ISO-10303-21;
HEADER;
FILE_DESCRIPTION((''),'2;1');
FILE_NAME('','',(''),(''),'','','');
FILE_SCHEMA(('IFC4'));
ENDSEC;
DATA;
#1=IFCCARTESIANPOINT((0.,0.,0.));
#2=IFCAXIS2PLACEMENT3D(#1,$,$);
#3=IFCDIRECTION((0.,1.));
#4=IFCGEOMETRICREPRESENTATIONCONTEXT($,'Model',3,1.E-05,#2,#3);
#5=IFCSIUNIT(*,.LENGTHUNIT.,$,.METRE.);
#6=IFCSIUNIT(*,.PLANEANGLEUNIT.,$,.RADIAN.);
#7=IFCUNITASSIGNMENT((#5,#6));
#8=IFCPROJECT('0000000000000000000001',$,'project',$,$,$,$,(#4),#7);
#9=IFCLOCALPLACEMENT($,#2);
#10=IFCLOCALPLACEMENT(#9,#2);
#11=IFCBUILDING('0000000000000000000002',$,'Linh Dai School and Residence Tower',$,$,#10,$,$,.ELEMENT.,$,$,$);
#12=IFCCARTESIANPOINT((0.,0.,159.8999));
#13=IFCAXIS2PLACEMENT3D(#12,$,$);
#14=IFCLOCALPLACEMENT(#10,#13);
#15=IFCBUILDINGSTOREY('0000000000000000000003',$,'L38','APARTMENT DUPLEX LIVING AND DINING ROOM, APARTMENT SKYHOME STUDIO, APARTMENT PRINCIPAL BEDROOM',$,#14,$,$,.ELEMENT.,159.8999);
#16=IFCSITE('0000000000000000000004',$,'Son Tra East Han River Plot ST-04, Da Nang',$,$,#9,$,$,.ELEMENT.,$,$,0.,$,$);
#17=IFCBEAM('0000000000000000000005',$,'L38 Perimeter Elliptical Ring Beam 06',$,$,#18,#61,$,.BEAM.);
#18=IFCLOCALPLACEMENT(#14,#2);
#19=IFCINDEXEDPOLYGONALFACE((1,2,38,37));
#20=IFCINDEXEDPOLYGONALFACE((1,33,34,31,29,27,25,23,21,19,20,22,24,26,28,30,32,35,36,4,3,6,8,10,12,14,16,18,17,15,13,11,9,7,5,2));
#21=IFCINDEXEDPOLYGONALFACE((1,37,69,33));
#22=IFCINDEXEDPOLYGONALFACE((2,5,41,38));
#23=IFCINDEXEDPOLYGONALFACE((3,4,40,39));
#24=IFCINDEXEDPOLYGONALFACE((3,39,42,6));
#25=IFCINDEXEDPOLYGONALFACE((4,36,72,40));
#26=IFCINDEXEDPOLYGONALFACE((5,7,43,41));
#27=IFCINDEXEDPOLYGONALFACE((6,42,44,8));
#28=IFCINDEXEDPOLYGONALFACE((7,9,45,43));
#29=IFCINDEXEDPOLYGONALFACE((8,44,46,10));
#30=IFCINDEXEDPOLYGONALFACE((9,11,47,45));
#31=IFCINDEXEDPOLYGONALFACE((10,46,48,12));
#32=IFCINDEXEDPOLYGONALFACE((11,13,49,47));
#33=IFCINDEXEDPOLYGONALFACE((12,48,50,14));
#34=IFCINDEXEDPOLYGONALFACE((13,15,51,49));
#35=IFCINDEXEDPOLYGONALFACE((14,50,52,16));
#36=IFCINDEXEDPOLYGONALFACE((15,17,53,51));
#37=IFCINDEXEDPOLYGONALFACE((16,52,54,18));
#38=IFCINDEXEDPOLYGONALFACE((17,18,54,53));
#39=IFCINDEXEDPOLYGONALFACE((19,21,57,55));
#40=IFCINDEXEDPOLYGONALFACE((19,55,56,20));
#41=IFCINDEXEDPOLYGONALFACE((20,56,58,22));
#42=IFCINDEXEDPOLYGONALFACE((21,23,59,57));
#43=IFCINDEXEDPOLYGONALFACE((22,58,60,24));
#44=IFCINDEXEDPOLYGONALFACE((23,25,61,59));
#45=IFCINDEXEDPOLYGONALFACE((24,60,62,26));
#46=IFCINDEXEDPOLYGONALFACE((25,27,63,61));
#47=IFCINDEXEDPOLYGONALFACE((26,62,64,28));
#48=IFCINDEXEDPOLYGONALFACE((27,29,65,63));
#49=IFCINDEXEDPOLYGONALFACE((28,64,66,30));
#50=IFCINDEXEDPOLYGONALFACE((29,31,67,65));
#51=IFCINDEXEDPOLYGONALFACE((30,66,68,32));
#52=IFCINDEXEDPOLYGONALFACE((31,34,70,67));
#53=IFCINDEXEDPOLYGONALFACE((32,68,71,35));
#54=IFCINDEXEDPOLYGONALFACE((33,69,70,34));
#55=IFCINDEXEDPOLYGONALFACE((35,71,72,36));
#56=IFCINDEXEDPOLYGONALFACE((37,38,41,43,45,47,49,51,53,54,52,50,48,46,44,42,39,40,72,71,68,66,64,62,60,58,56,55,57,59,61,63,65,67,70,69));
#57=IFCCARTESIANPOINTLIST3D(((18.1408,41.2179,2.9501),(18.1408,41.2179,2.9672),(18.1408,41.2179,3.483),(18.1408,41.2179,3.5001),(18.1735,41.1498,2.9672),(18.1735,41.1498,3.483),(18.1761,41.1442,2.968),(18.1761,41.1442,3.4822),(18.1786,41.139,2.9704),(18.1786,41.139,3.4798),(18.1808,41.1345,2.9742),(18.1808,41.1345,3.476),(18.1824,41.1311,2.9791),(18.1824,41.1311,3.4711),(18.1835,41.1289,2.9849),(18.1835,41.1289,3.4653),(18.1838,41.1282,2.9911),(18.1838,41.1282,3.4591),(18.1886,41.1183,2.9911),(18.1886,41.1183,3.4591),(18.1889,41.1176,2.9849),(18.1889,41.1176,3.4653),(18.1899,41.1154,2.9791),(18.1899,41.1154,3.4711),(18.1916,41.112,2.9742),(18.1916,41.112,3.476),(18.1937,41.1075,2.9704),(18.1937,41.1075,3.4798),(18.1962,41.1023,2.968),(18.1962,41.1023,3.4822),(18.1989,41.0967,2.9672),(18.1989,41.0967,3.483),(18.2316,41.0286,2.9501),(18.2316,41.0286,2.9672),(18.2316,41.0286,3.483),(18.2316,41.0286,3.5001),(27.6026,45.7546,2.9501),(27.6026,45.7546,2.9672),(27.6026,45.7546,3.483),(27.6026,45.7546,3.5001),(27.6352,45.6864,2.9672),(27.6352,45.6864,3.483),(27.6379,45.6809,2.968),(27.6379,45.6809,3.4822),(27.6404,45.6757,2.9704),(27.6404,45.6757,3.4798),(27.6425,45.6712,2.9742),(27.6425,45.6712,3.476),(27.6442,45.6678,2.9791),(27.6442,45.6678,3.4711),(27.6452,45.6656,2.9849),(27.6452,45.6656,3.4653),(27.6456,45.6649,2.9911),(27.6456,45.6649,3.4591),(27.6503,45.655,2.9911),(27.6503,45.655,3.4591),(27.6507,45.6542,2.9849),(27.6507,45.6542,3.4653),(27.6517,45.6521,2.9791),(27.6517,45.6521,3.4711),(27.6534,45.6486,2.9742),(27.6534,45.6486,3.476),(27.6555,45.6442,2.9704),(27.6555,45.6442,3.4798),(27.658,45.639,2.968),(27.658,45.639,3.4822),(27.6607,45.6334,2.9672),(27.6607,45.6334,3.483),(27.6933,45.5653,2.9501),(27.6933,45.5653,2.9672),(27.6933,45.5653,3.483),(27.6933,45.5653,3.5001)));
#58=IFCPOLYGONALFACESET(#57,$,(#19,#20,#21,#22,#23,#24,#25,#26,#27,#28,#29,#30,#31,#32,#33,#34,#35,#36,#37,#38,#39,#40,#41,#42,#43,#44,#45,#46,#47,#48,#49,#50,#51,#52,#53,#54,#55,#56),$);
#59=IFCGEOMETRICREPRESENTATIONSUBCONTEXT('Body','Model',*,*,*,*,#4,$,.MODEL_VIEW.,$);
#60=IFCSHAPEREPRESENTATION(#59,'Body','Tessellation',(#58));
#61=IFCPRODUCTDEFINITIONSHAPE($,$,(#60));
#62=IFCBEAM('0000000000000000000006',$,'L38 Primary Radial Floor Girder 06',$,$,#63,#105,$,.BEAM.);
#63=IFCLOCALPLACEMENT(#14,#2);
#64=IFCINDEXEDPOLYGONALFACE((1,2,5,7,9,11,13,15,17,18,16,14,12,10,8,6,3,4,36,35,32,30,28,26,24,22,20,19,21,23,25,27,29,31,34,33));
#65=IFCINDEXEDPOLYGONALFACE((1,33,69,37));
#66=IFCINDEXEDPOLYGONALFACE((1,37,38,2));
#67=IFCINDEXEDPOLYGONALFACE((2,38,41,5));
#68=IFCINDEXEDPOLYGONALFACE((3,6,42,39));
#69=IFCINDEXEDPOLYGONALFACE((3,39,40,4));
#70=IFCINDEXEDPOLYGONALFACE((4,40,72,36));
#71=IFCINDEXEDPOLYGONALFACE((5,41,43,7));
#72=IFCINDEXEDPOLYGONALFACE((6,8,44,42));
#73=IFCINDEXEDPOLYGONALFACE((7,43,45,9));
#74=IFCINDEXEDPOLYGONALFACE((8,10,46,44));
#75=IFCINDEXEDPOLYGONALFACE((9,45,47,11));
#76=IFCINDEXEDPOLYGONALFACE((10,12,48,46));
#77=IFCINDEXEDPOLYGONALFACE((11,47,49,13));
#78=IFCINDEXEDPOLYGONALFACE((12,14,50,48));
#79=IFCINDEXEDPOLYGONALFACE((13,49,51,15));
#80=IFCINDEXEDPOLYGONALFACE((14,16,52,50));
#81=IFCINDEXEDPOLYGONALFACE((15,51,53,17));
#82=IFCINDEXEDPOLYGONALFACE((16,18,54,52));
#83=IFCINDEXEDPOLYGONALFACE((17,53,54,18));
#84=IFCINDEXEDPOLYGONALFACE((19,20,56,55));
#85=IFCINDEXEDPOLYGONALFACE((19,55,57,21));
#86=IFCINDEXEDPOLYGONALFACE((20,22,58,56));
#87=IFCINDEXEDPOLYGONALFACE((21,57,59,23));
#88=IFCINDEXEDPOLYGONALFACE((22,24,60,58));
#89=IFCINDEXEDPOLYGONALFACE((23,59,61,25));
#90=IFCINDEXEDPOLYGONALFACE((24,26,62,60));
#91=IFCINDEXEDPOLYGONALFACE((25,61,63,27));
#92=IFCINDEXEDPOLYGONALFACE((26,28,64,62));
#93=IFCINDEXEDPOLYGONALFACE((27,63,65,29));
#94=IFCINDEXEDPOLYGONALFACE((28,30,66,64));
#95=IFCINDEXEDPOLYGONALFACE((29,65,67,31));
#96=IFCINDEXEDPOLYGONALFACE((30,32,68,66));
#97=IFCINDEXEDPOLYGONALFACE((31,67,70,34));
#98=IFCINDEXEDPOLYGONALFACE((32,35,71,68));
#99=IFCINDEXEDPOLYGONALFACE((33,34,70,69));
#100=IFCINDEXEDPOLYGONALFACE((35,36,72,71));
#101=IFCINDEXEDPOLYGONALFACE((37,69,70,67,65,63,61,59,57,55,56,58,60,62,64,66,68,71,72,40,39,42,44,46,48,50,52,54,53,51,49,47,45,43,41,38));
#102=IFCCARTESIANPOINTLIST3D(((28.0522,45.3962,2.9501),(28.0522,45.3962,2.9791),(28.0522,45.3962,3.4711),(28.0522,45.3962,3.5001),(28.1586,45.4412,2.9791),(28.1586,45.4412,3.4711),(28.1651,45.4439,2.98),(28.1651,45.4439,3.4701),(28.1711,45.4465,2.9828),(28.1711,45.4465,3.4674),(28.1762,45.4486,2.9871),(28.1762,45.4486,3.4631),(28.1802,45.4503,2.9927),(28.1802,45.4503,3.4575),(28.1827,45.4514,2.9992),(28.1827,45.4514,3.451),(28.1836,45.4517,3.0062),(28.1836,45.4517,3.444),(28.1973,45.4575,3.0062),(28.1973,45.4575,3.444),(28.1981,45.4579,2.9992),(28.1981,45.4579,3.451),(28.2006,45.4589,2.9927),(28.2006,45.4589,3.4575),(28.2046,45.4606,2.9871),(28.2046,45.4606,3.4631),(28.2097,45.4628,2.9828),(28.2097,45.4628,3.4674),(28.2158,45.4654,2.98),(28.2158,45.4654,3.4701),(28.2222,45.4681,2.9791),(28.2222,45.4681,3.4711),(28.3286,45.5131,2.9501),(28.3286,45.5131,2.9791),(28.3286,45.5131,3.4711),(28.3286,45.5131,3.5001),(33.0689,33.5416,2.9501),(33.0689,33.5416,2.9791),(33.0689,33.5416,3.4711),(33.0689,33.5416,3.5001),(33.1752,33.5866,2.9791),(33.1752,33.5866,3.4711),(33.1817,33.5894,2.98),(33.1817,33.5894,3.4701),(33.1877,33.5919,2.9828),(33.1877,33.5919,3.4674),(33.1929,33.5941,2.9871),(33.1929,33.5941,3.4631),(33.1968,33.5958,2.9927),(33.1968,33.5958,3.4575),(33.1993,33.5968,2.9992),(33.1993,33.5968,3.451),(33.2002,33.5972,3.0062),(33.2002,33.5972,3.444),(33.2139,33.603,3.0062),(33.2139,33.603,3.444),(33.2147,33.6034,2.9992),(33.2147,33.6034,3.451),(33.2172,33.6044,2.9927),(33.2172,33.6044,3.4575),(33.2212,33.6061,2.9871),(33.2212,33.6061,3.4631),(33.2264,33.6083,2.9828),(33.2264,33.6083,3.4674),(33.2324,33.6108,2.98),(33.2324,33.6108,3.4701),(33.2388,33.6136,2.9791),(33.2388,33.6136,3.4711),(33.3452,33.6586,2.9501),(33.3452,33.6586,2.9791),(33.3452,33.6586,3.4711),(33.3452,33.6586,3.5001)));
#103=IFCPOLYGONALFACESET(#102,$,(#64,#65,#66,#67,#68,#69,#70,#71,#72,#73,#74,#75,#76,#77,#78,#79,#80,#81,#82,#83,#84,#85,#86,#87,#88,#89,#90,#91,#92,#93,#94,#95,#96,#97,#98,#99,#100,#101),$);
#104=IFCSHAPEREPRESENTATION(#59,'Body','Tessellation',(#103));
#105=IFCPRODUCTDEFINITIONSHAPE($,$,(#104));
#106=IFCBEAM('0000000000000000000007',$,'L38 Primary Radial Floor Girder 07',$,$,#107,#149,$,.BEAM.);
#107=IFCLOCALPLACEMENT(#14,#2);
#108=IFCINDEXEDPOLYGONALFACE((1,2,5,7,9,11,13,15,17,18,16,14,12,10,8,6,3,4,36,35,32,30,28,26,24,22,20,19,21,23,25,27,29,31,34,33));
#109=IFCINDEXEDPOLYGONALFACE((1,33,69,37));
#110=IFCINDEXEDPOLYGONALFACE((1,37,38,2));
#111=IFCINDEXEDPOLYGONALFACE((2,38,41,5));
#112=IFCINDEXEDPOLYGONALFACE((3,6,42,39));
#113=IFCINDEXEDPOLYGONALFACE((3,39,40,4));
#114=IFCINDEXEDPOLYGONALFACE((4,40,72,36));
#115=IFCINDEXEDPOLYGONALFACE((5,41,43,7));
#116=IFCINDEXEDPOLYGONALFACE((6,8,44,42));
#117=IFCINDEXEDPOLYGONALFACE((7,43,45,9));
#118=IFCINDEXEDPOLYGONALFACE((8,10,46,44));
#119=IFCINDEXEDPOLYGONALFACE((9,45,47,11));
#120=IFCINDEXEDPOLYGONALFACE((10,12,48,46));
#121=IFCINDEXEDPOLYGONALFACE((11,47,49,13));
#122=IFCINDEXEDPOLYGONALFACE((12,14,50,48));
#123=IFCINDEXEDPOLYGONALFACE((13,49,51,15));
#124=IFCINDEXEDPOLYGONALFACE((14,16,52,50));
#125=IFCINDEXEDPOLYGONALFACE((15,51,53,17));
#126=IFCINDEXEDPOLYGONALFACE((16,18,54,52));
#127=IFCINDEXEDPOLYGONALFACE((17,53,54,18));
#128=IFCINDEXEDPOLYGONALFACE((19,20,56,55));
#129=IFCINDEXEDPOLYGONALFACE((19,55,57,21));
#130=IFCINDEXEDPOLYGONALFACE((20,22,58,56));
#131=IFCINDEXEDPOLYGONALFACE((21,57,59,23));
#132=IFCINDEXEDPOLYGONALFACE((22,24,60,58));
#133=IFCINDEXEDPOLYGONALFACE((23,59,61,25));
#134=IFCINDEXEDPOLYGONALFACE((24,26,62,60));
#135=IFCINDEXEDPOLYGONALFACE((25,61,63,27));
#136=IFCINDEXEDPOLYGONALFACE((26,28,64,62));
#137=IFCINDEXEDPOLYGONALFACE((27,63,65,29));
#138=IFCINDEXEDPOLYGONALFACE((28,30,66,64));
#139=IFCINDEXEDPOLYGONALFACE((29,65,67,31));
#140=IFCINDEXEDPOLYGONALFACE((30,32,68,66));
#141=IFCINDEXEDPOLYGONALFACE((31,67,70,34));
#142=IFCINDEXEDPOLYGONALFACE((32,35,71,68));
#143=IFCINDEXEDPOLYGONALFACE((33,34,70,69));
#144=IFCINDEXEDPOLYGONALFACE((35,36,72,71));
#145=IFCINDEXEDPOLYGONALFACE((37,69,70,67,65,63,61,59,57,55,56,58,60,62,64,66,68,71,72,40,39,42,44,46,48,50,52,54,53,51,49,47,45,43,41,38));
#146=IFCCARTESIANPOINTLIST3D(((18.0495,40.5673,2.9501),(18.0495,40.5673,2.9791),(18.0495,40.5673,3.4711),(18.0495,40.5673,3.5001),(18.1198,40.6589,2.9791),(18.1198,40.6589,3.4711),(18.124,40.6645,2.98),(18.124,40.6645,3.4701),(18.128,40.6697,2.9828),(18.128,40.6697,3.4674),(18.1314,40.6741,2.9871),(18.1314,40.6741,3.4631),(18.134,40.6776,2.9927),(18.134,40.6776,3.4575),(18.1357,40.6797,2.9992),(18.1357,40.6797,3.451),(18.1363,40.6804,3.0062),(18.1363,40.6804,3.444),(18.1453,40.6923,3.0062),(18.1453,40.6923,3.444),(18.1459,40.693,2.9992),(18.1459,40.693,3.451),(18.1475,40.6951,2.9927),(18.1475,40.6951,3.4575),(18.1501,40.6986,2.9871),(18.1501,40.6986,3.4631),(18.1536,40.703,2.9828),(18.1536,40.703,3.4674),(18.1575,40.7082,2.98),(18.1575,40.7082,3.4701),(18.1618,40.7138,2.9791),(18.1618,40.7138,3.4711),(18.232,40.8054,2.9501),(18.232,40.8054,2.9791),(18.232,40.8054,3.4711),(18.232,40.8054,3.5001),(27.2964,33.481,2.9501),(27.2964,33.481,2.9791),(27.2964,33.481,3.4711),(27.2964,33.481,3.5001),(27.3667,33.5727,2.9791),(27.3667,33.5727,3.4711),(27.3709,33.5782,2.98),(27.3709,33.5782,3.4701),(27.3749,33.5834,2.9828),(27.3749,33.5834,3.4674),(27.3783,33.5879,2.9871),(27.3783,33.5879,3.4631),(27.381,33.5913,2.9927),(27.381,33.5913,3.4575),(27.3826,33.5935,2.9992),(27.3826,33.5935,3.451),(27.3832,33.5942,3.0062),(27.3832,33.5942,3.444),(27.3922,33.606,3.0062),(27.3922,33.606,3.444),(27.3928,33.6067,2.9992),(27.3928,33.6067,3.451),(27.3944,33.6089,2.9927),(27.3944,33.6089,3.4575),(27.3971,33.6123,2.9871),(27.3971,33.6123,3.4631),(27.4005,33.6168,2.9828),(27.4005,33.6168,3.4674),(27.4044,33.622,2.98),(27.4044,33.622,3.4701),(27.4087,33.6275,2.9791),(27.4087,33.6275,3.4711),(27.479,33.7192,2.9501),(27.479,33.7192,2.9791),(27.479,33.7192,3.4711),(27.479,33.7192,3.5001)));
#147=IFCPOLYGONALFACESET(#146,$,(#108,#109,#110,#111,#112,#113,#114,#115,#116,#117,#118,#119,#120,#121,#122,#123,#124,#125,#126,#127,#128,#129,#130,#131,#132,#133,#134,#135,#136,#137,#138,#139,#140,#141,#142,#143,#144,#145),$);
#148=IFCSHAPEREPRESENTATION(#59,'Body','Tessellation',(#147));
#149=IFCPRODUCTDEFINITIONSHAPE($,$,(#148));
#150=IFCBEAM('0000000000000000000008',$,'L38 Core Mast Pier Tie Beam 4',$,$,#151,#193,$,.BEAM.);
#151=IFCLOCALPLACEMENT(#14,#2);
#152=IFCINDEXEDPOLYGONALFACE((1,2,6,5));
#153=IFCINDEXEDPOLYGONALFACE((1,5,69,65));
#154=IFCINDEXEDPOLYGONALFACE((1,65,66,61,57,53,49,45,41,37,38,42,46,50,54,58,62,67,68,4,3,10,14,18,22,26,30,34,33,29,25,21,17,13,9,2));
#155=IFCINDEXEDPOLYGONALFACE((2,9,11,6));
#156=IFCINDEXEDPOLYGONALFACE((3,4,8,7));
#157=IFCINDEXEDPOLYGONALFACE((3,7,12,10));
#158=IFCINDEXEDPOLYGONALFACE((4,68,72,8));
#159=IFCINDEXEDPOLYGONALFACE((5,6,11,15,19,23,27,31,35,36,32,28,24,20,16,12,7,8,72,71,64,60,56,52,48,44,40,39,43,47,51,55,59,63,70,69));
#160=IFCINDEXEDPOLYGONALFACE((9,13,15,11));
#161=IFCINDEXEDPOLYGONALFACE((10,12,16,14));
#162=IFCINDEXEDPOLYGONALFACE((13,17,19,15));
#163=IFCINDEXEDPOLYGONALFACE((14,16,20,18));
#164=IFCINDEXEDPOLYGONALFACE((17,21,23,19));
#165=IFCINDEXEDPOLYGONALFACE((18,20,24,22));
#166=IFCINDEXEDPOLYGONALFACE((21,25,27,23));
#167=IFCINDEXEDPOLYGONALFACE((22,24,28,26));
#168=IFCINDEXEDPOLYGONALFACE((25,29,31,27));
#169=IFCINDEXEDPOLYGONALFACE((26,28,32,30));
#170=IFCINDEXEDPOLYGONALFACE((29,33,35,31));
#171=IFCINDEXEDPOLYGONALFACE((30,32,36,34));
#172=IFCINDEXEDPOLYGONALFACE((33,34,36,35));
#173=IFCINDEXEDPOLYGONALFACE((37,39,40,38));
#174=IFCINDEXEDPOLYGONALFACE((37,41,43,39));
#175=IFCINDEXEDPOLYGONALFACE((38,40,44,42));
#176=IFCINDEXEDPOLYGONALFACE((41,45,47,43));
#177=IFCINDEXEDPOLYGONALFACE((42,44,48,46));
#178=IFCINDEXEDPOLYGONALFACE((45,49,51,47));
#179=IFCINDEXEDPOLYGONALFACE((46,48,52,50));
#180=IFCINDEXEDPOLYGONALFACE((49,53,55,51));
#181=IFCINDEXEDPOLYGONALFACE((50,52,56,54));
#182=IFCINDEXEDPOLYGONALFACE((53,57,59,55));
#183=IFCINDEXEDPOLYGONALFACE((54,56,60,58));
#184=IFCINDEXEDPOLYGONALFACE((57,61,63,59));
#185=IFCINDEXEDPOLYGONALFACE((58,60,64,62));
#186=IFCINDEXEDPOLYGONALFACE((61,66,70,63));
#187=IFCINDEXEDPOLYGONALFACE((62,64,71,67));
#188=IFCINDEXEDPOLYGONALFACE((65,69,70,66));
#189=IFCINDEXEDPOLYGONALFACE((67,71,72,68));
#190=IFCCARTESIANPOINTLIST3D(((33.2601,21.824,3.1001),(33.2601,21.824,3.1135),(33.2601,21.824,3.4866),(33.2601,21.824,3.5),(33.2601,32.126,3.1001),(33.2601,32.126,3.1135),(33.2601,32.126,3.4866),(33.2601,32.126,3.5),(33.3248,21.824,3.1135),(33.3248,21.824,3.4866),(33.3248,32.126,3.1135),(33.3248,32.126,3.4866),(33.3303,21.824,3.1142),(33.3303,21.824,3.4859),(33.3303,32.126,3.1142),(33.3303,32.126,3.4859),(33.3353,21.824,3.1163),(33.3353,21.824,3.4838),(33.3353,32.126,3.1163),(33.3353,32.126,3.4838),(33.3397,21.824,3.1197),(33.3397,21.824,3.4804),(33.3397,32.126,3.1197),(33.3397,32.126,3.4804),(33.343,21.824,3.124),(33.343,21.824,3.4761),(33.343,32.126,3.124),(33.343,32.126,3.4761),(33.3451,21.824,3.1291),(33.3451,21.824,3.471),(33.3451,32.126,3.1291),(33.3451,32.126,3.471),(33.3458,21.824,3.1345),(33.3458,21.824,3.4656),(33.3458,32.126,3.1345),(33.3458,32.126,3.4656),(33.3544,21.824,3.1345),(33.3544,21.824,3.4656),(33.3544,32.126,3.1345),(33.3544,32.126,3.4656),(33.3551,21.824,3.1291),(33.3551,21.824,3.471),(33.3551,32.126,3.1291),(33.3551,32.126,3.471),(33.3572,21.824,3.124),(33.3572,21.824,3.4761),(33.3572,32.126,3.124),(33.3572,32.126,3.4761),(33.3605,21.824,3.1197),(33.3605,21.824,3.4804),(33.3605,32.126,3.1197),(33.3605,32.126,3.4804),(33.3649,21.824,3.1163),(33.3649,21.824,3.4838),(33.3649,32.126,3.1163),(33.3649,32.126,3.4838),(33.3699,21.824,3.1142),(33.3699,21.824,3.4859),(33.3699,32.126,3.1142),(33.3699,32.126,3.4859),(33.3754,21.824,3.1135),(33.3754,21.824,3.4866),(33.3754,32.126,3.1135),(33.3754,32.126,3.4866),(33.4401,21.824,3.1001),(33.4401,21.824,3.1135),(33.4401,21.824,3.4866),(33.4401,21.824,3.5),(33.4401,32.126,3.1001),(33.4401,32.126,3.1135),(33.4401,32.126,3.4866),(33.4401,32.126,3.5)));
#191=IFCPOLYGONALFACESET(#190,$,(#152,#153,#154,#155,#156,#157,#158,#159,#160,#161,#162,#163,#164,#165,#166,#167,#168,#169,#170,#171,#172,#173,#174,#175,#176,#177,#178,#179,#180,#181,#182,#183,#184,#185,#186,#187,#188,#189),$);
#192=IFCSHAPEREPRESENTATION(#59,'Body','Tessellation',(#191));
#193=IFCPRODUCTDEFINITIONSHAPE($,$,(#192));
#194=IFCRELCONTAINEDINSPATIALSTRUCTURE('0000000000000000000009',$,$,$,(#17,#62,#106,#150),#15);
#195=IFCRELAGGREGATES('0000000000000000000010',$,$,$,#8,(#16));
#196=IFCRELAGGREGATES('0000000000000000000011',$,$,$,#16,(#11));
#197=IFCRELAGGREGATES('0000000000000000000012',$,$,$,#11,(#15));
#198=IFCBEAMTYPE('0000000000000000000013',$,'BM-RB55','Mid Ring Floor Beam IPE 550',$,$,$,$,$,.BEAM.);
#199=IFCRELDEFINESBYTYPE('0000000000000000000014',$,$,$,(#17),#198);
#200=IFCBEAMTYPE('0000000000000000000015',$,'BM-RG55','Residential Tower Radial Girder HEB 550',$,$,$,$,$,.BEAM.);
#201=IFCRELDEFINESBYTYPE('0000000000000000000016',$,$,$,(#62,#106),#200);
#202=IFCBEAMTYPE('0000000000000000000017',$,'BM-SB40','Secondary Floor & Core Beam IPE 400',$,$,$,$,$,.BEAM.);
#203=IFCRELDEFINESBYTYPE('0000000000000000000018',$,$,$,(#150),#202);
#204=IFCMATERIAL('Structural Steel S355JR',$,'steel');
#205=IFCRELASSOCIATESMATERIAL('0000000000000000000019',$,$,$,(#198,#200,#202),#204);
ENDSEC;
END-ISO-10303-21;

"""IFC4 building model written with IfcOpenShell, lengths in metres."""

from ifc_helpers import new_model, si_unit, direction, frame, origin, origin_2d, place, context, subcontext, project, spatial, i_section, extrude, material, material_profile, profile_set, type_object, element, save


model = new_model("IFC4")

# Units and contexts
model_context = context("Model", 3, precision=1e-05, world=origin(), true_north=direction((0.0, 1.0)))
body_context = subcontext(model_context, "Body", "Model", "MODEL_VIEW")
ifc_project = project(units=[si_unit("LENGTHUNIT", "METRE"), si_unit("PLANEANGLEUNIT", "RADIAN")], contexts=[model_context])

# Site, building, storey
site_placement = place(None, origin())
site = spatial("IfcSite", under=ifc_project, at=site_placement, Name="Son Tra East Han River Plot ST-04, Da Nang", CompositionType="ELEMENT", RefElevation=0.0)
building_placement = place(site_placement, origin())
building = spatial("IfcBuilding", under=site, at=building_placement, Name="Linh Dai School and Residence Tower", CompositionType="ELEMENT")
storey_placement = place(building_placement, frame((0.0, 0.0, 159.8999)))
storey = spatial("IfcBuildingStorey", under=building, at=storey_placement, Name="L38", Description="APARTMENT DUPLEX LIVING AND DINING ROOM, APARTMENT SKYHOME STUDIO, APARTMENT PRINCIPAL BEDROOM", CompositionType="ELEMENT", Elevation=159.8999)

# Shared definitions
ifc_material_1 = material(Name="Structural Steel S355JR", Category="steel")

# Beams
ifc_material_profile_1 = material_profile(ifc_material_1, i_section(OverallWidth=0.21, OverallDepth=0.55, WebThickness=0.011, FlangeThickness=0.0171, FilletRadius=0.0239, at=origin_2d()), Name="IPE 550")
ifc_profile_set_1 = profile_set([ifc_material_profile_1], Name="Structural Steel S355JR")
beam_type_1 = type_object("IfcBeamType", Name="BM-RB55", Description="Mid Ring Floor Beam IPE 550", PredefinedType="BEAM", material=ifc_profile_set_1)
beam_1_placement = place(storey_placement, frame((27.6479, 45.6599, 3.2251), z_axis=(-0.901708, -0.432345, 0.0), x_axis=(0.432345, -0.901708, 0.0)))
element("IfcBeam", 1, at=beam_1_placement, inside=storey, type_object=beam_type_1, Name="L38 Perimeter Elliptical Ring Beam 06", PredefinedType="BEAM", context=body_context, shape_type="SweptSolid", body=[
    extrude(i_section(OverallWidth=0.21, OverallDepth=0.55, WebThickness=0.011, FlangeThickness=0.0171, FilletRadius=0.0239, at=origin_2d()), origin(), (0.0, 0.0, 1.0), 10.4932),
])
ifc_material_profile_2 = material_profile(ifc_material_1, i_section(OverallWidth=0.3, OverallDepth=0.55, WebThickness=0.0149, FlangeThickness=0.0291, FilletRadius=0.0271, at=origin_2d()), Name="HEB 550")
ifc_profile_set_2 = profile_set([ifc_material_profile_2], Name="Structural Steel S355JR")
beam_type_2 = type_object("IfcBeamType", Name="BM-RG55", Description="Residential Tower Radial Girder HEB 550", PredefinedType="BEAM", material=ifc_profile_set_2)
beam_2_placement = place(storey_placement, frame((33.207, 33.6001, 3.2251), z_axis=(-0.389722, 0.920933, 0.0), x_axis=(-0.920933, -0.389722, 0.0)))
element("IfcBeam", 2, at=beam_2_placement, inside=storey, type_object=beam_type_2, Name="L38 Primary Radial Floor Girder 06", PredefinedType="BEAM", context=body_context, shape_type="SweptSolid", body=[
    extrude(i_section(OverallWidth=0.3, OverallDepth=0.55, WebThickness=0.0149, FlangeThickness=0.0291, FilletRadius=0.0271, at=origin_2d()), origin(), (0.0, 0.0, 1.0), 12.8723),
])
beam_3_placement = place(storey_placement, frame((27.3877, 33.6001, 3.2251), z_axis=(-0.793733, 0.608267, 0.0), x_axis=(-0.608267, -0.793733, 0.0)))
element("IfcBeam", 3, at=beam_3_placement, inside=storey, type_object=beam_type_2, Name="L38 Primary Radial Floor Girder 07", PredefinedType="BEAM", context=body_context, shape_type="SweptSolid", body=[
    extrude(i_section(OverallWidth=0.3, OverallDepth=0.55, WebThickness=0.0149, FlangeThickness=0.0291, FilletRadius=0.0271, at=origin_2d()), origin(), (0.0, 0.0, 1.0), 11.6499),
])
ifc_material_profile_3 = material_profile(ifc_material_1, i_section(OverallWidth=0.1799, OverallDepth=0.3999, WebThickness=0.0085, FlangeThickness=0.0134, FilletRadius=0.021, at=origin_2d()), Name="IPE 400")
ifc_profile_set_3 = profile_set([ifc_material_profile_3], Name="Structural Steel S355JR")
beam_type_3 = type_object("IfcBeamType", Name="BM-SB40", Description="Secondary Floor & Core Beam IPE 400", PredefinedType="BEAM", material=ifc_profile_set_3)
beam_4_placement = place(storey_placement, frame((33.3501, 32.126, 3.3), z_axis=(0.0, -1.0, 0.0), x_axis=(1.0, 0.0, 0.0)))
element("IfcBeam", 4, at=beam_4_placement, inside=storey, type_object=beam_type_3, Name="L38 Core Mast Pier Tie Beam 4", PredefinedType="BEAM", context=body_context, shape_type="SweptSolid", body=[
    extrude(i_section(OverallWidth=0.1799, OverallDepth=0.3999, WebThickness=0.0085, FlangeThickness=0.0134, FilletRadius=0.021, at=origin_2d()), origin(), (0.0, 0.0, 1.0), 10.302),
])

save(model, "model.ifc")
